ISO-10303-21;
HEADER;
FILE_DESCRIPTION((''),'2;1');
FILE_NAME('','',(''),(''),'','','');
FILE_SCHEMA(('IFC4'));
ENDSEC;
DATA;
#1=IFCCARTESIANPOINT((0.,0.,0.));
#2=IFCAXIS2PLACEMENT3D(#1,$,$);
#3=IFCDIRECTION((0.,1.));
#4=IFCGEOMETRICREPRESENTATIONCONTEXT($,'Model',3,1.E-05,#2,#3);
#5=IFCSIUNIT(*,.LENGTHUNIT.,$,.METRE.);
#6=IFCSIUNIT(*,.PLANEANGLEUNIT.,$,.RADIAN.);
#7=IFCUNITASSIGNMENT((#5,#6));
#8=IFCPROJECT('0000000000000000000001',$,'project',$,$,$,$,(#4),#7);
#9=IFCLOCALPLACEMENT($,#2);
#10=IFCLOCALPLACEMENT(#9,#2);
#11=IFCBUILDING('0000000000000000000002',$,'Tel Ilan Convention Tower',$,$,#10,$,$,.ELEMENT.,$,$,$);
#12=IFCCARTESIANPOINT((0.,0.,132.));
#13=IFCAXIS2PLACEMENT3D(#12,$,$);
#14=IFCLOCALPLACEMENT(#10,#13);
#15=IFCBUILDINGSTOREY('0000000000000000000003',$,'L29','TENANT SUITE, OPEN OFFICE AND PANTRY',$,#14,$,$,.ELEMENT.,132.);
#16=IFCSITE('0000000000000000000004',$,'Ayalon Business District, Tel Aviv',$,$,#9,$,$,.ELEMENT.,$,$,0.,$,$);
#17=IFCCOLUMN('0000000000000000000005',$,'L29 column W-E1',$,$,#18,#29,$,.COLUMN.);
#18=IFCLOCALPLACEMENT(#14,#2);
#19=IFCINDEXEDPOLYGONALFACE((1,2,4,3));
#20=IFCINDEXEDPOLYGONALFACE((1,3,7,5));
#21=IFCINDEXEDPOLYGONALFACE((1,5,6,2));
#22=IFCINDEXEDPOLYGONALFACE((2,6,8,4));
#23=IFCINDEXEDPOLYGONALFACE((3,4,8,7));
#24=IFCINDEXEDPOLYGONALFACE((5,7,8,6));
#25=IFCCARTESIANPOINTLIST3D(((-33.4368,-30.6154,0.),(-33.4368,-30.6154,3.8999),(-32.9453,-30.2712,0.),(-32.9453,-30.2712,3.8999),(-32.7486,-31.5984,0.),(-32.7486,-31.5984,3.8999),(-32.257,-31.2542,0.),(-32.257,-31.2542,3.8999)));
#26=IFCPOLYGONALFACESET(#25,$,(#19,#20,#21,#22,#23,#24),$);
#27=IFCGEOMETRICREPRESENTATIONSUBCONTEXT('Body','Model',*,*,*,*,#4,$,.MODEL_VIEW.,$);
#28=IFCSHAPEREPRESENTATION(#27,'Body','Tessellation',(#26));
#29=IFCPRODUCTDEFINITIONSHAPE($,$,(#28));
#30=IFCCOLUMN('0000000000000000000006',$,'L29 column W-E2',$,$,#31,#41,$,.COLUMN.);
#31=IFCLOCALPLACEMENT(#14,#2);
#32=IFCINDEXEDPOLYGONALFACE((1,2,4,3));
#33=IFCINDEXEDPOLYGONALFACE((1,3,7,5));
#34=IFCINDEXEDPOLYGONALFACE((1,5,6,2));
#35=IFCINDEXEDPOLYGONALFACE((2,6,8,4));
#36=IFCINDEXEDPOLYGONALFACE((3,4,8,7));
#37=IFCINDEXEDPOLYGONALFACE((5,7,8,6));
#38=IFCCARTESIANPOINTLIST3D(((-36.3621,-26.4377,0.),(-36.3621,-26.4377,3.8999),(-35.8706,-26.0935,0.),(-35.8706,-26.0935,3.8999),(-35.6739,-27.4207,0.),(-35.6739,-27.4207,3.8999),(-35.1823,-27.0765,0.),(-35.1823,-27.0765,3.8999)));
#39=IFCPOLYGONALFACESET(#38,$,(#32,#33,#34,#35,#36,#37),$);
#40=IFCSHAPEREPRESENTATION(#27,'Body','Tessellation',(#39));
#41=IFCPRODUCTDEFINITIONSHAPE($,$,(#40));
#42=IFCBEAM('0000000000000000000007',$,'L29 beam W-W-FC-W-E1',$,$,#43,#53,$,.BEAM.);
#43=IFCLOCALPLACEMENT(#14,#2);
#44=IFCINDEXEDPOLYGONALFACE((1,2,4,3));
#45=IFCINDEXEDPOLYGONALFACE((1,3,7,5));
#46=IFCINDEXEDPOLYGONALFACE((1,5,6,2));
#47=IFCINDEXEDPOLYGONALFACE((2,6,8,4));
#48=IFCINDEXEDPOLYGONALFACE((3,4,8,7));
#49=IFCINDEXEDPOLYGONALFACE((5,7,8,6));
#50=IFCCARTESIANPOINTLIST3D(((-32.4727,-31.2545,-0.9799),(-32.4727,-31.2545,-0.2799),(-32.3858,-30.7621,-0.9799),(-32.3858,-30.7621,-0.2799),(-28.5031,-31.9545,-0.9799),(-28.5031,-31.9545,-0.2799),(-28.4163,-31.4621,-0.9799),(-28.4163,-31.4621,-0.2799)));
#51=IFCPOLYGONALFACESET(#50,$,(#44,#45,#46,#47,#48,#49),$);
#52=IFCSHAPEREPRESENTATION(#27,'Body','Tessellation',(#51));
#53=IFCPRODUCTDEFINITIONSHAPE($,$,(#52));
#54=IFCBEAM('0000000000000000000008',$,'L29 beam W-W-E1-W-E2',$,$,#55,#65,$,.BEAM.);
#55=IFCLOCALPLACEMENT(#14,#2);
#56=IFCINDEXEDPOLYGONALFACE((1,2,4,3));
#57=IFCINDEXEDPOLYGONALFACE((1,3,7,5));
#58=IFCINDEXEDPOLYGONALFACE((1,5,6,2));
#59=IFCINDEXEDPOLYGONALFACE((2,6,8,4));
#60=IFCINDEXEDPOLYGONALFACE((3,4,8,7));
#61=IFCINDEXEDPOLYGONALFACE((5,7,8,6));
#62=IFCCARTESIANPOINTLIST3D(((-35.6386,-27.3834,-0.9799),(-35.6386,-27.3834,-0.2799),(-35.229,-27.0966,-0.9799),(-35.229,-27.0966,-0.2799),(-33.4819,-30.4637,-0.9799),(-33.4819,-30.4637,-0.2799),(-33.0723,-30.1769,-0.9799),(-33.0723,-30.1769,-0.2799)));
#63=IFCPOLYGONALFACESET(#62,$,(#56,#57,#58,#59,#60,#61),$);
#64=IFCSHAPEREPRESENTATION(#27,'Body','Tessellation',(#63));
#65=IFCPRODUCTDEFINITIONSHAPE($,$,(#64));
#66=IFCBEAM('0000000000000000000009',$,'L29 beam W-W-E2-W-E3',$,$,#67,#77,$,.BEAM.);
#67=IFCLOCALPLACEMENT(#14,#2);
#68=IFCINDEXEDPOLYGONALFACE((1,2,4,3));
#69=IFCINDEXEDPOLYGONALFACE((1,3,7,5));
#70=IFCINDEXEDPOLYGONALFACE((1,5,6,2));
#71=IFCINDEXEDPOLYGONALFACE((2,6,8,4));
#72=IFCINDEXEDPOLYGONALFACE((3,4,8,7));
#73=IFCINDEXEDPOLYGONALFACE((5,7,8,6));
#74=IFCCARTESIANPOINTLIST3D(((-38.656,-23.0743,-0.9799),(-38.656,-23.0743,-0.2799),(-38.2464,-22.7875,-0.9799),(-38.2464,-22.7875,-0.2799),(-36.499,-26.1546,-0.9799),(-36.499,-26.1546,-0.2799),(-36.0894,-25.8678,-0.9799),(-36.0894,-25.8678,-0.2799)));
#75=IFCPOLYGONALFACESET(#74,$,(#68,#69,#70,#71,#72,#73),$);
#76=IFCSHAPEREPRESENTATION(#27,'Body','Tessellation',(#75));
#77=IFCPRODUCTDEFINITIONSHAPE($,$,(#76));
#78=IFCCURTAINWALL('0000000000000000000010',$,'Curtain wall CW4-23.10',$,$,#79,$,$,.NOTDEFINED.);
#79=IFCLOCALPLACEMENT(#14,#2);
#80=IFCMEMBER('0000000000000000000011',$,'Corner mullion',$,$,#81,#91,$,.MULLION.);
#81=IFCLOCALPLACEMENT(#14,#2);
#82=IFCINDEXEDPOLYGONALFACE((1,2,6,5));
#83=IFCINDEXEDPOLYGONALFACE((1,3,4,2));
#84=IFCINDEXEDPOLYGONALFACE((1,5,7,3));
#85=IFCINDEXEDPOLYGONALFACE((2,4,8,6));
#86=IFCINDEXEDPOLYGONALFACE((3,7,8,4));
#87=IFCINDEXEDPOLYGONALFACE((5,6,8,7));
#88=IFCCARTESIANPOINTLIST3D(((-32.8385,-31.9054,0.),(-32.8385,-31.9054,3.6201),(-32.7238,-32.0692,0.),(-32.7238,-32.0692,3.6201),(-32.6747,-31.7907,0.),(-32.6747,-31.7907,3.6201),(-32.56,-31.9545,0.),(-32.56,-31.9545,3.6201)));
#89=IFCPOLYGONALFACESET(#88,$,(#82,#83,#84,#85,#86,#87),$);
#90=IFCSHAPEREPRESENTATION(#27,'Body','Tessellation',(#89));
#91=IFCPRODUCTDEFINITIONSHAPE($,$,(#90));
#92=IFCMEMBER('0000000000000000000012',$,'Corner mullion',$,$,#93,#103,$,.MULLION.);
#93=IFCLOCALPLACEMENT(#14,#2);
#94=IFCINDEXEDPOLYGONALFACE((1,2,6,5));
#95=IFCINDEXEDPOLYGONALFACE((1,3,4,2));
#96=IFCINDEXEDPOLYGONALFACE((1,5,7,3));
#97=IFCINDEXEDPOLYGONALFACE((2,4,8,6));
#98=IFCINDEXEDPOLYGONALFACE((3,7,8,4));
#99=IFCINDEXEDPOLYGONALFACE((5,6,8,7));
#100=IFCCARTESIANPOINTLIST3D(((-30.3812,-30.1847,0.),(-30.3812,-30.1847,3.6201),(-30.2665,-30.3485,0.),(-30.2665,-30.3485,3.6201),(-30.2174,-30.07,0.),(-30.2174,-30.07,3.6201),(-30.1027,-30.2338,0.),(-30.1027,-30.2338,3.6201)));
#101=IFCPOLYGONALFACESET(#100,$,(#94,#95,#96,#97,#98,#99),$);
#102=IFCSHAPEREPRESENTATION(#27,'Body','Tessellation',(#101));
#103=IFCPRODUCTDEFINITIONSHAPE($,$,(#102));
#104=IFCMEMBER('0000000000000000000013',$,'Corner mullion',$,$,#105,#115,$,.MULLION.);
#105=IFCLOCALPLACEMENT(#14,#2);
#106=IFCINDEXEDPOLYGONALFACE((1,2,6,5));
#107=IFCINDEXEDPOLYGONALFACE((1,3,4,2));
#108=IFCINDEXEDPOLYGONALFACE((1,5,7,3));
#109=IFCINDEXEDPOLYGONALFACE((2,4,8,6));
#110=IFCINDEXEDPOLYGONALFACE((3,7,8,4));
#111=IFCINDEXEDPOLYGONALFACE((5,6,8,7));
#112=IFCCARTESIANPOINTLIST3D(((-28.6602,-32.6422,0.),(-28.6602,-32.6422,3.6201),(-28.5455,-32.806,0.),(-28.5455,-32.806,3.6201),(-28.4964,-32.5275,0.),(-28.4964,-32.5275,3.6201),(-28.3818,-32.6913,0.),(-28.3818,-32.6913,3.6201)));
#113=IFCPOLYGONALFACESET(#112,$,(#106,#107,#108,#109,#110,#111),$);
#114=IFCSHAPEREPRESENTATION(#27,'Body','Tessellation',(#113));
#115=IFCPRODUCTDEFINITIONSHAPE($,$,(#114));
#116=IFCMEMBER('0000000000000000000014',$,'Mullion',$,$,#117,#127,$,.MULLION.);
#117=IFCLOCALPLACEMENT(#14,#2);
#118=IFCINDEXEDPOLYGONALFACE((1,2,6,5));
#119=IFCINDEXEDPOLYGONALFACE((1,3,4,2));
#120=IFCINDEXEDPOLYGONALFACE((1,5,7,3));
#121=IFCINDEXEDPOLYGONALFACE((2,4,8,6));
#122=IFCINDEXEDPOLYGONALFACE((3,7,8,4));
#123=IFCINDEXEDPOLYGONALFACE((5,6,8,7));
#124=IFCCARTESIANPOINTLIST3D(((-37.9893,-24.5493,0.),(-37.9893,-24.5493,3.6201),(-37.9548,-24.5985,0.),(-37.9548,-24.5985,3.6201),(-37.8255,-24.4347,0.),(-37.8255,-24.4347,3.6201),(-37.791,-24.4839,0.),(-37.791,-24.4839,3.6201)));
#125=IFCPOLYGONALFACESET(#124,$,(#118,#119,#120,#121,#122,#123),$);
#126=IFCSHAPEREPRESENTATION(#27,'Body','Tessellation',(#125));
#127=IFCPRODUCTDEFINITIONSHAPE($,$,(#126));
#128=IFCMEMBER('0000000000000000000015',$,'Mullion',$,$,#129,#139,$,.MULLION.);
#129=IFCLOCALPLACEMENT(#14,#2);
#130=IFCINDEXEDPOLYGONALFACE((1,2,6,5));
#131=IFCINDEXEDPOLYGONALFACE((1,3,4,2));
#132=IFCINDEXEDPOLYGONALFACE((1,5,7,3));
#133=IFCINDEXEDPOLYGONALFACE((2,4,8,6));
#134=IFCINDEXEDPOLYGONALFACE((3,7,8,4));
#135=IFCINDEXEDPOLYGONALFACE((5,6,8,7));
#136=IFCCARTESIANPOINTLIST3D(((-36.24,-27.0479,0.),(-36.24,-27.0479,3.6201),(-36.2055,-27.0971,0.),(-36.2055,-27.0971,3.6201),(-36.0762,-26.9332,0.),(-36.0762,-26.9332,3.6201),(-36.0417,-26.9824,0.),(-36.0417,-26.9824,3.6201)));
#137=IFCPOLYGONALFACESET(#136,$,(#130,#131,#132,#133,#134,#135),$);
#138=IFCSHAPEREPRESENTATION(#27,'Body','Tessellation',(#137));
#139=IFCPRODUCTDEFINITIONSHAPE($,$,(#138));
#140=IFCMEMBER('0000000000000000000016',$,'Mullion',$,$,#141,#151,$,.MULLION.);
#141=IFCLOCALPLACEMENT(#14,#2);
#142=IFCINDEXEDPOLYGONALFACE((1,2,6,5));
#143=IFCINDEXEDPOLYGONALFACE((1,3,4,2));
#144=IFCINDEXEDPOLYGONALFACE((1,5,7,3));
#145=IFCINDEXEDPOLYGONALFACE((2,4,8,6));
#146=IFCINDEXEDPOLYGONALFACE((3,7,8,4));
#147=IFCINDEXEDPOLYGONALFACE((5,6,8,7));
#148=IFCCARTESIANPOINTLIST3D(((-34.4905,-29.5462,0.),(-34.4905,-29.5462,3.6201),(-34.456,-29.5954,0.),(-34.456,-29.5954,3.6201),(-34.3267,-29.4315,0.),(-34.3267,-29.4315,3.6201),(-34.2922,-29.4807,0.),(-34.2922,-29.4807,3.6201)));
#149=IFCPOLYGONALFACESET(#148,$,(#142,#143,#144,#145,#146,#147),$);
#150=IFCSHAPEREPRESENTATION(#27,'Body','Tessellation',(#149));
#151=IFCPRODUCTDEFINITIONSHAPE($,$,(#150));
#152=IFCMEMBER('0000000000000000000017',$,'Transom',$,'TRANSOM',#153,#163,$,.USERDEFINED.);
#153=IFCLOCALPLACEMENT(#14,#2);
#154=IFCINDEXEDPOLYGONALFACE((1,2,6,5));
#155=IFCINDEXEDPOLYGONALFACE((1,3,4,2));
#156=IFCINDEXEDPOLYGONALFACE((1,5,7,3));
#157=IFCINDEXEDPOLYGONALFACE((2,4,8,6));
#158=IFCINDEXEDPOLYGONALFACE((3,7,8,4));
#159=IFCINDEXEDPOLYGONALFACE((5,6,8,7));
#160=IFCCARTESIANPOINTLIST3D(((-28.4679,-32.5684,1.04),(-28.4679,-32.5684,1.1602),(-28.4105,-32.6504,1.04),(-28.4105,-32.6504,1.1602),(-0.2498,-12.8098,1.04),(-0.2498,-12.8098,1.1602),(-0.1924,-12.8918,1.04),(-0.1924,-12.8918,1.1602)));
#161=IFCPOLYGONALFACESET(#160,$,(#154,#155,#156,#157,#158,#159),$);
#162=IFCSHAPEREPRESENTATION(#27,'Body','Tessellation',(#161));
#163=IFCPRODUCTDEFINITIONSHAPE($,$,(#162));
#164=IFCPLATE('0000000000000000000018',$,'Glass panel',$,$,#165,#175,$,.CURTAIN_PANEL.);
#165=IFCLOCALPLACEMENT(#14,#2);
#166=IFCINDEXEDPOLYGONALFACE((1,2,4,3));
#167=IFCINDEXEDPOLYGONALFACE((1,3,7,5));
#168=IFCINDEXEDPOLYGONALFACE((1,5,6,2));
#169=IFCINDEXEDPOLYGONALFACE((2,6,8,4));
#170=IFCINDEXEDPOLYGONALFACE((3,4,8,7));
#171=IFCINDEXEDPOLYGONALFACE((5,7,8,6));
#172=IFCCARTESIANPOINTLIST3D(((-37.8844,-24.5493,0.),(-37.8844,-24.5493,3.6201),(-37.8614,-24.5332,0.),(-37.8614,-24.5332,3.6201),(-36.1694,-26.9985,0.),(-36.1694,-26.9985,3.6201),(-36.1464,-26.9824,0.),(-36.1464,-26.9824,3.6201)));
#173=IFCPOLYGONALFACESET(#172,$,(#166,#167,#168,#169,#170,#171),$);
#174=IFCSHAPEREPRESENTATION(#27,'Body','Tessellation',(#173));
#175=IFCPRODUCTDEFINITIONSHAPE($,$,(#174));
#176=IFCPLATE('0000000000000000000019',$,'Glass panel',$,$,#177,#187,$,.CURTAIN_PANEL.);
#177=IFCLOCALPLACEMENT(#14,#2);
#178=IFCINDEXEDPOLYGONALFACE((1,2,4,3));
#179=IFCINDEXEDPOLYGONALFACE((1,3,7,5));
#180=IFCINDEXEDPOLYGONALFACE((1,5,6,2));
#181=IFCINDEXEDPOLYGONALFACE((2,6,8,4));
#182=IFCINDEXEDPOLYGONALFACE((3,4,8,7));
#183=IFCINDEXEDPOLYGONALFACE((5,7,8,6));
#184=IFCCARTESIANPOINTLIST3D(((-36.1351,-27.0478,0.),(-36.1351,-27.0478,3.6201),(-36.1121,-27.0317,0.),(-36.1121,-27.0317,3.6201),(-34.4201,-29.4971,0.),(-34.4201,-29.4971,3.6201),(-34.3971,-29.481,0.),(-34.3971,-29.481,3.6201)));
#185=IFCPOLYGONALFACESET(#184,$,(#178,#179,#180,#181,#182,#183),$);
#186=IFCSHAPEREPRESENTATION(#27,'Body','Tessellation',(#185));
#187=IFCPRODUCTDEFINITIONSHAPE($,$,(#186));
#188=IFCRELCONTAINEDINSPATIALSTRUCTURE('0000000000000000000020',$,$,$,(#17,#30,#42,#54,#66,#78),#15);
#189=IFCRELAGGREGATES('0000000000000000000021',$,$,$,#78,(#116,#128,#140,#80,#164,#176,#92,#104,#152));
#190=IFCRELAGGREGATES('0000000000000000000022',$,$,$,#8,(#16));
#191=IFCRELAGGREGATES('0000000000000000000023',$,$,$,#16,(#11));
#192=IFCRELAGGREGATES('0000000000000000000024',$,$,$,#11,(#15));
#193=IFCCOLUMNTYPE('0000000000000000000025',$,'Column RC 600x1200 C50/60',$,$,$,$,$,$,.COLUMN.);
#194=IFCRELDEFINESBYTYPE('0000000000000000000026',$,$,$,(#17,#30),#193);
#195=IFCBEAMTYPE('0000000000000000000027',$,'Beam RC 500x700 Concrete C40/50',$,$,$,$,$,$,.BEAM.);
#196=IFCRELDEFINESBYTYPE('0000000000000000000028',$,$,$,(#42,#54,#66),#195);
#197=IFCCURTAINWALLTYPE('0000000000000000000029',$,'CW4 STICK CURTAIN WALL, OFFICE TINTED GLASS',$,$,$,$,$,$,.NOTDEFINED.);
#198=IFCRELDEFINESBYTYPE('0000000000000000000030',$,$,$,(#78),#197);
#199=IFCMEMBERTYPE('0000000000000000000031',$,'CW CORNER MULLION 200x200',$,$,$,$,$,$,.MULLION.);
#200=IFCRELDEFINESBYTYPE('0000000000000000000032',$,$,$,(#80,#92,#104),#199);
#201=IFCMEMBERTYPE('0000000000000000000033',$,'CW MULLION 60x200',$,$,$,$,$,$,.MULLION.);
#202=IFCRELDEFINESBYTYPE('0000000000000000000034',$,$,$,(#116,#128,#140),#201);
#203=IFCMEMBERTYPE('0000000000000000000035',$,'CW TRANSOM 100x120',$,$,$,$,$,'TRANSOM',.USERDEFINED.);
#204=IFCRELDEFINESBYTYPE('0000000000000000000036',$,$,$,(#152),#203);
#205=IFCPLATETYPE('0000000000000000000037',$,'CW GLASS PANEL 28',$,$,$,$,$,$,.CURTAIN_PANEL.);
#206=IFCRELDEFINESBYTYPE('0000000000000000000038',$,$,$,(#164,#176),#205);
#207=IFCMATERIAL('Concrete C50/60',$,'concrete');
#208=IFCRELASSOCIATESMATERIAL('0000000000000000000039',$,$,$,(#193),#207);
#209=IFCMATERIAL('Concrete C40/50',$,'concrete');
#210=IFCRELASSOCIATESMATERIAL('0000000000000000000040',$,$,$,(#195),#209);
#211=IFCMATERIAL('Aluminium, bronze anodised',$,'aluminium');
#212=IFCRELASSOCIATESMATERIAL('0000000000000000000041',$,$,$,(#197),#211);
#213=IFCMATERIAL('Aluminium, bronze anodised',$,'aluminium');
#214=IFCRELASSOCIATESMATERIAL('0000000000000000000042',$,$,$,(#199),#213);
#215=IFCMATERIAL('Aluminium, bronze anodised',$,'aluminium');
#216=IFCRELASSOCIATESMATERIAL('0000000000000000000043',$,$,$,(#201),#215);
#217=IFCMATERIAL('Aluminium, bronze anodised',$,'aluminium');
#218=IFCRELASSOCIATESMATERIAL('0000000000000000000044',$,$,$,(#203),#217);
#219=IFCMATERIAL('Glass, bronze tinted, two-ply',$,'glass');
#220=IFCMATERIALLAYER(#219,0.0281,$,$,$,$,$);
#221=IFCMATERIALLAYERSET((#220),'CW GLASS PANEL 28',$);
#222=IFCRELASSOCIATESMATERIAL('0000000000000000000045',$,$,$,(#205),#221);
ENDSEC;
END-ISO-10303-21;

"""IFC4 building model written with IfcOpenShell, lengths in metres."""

from ifc_helpers import new_model, si_unit, direction, frame, origin, origin_2d, place, context, subcontext, project, spatial, rectangle, extrude, material, layer, layer_set, material_profile, profile_set, type_object, element, aggregate, save


model = new_model("IFC4")

# Units and contexts
model_context = context("Model", 3, precision=1e-05, world=origin(), true_north=direction((0.0, 1.0)))
body_context = subcontext(model_context, "Body", "Model", "MODEL_VIEW")
ifc_project = project(units=[si_unit("LENGTHUNIT", "METRE"), si_unit("PLANEANGLEUNIT", "RADIAN")], contexts=[model_context])

# Site, building, storey
site_placement = place(None, origin())
site = spatial("IfcSite", under=ifc_project, at=site_placement, Name="Ayalon Business District, Tel Aviv", CompositionType="ELEMENT", RefElevation=0.0)
building_placement = place(site_placement, origin())
building = spatial("IfcBuilding", under=site, at=building_placement, Name="Tel Ilan Convention Tower", CompositionType="ELEMENT")
storey_placement = place(building_placement, frame((0.0, 0.0, 132.0)))
storey = spatial("IfcBuildingStorey", under=building, at=storey_placement, Name="L29", Description="TENANT SUITE, OPEN OFFICE AND PANTRY", CompositionType="ELEMENT", Elevation=132.0)

# Columns
ifc_material_1 = material(Name="Concrete C50/60", Category="concrete")
ifc_material_profile_1 = material_profile(ifc_material_1, rectangle(XDim=1.2, YDim=0.6001, at=origin_2d()), Name="RC 600x1200")
ifc_profile_set_1 = profile_set([ifc_material_profile_1], Name="Concrete C50/60")
column_type = type_object("IfcColumnType", Name="Column RC 600x1200 C50/60", PredefinedType="COLUMN", material=ifc_profile_set_1)
for number, where, z_axis, x_axis, name in (
    (1, (-32.8469, -30.9348, 0.0), (0.0, 0.0, 1.0), (-0.573576, 0.819152, 0.0), "L29 column W-E1"),
    (2, (-35.7722, -26.7571, 0.0), (0.0, 0.0, 1.0), (-0.573576, 0.819152, 0.0), "L29 column W-E2"),
):
    element("IfcColumn", number, at=place(storey_placement, frame(where, z_axis=z_axis, x_axis=x_axis)), inside=storey, type_object=column_type, Name=name, PredefinedType="COLUMN", context=body_context, shape_type="SweptSolid", body=[
        extrude(rectangle(XDim=1.2, YDim=0.6001, at=origin_2d()), origin(), (0.0, 0.0, 1.0), 3.8999),
    ])

# Beams
ifc_material_2 = material(Name="Concrete C40/50", Category="concrete")
ifc_material_profile_2 = material_profile(ifc_material_2, rectangle(XDim=0.5, YDim=0.7, at=origin_2d()), Name="RC 500x700")
ifc_profile_set_2 = profile_set([ifc_material_profile_2], Name="Concrete C40/50")
beam_type = type_object("IfcBeamType", Name="Beam RC 500x700 Concrete C40/50", PredefinedType="BEAM", material=ifc_profile_set_2)
beam_1_placement = place(storey_placement, frame((-28.4597, -31.7083, -0.6299), z_axis=(-0.984807, 0.173654, 0.0), x_axis=(-0.173654, -0.984807, 0.0)))
element("IfcBeam", 3, at=beam_1_placement, inside=storey, type_object=beam_type, Name="L29 beam W-W-FC-W-E1", PredefinedType="BEAM", context=body_context, shape_type="SweptSolid", body=[
    extrude(rectangle(XDim=0.5, YDim=0.7, at=origin_2d()), origin(), (0.0, 0.0, 1.0), 4.0308),
])
beam_2_placement = place(storey_placement, frame((-33.2771, -30.3203, -0.6299), z_axis=(-0.573554, 0.819168, 0.0), x_axis=(-0.819168, -0.573554, 0.0)))
element("IfcBeam", 4, at=beam_2_placement, inside=storey, type_object=beam_type, Name="L29 beam W-W-E1-W-E2", PredefinedType="BEAM", context=body_context, shape_type="SweptSolid", body=[
    extrude(rectangle(XDim=0.5, YDim=0.7, at=origin_2d()), origin(), (0.0, 0.0, 1.0), 3.7603),
])
beam_3_placement = place(storey_placement, frame((-36.2942, -26.0112, -0.6299), z_axis=(-0.573597, 0.819137, 0.0), x_axis=(-0.819137, -0.573597, 0.0)))
element("IfcBeam", 5, at=beam_3_placement, inside=storey, type_object=beam_type, Name="L29 beam W-W-E2-W-E3", PredefinedType="BEAM", context=body_context, shape_type="SweptSolid", body=[
    extrude(rectangle(XDim=0.5, YDim=0.7, at=origin_2d()), origin(), (0.0, 0.0, 1.0), 3.7605),
])

# Curtain wall, members, plates
ifc_material_3 = material(Name="Aluminium, bronze anodised", Category="aluminium")
curtain_wall_type = type_object("IfcCurtainWallType", Name="CW4 STICK CURTAIN WALL, OFFICE TINTED GLASS", PredefinedType="NOTDEFINED", material=ifc_material_3)
curtain_wall_placement = place(storey_placement, origin())
curtain_wall = element("IfcCurtainWall", 6, at=curtain_wall_placement, inside=storey, type_object=curtain_wall_type, Name="Curtain wall CW4-23.10", PredefinedType="NOTDEFINED")
ifc_material_4 = material(Name="Aluminium, bronze anodised", Category="aluminium")
ifc_material_profile_3 = material_profile(ifc_material_4, rectangle(XDim=0.2, YDim=0.2, at=origin_2d()), Name="CW CORNER MULLION 200x200")
ifc_profile_set_3 = profile_set([ifc_material_profile_3], Name="Aluminium, bronze anodised")
member_type_1 = type_object("IfcMemberType", Name="CW CORNER MULLION 200x200", PredefinedType="MULLION", material=ifc_profile_set_3)
member_1_placement = place(storey_placement, frame((-32.6992, -31.9299, 0.0), z_axis=(0.0, 0.0, 1.0), x_axis=(0.573576, -0.819152, 0.0)))
member_1 = element("IfcMember", 7, at=member_1_placement, type_object=member_type_1, Name="Corner mullion", PredefinedType="MULLION", context=body_context, shape_type="SweptSolid", body=[
    extrude(rectangle(XDim=0.2, YDim=0.2, at=origin_2d()), origin(), (0.0, 0.0, 1.0), 3.6201),
])
member_2_placement = place(storey_placement, frame((-30.2419, -30.2092, 0.0), z_axis=(0.0, 0.0, 1.0), x_axis=(0.819152, 0.573576, 0.0)))
member_2 = element("IfcMember", 8, at=member_2_placement, type_object=member_type_1, Name="Corner mullion", PredefinedType="MULLION", context=body_context, shape_type="SweptSolid", body=[
    extrude(rectangle(XDim=0.2, YDim=0.2, at=origin_2d()), origin(), (0.0, 0.0, 1.0), 3.6201),
])
member_3_placement = place(storey_placement, frame((-28.521, -32.6667, 0.0), z_axis=(0.0, 0.0, 1.0), x_axis=(0.573576, -0.819152, 0.0)))
member_3 = element("IfcMember", 9, at=member_3_placement, type_object=member_type_1, Name="Corner mullion", PredefinedType="MULLION", context=body_context, shape_type="SweptSolid", body=[
    extrude(rectangle(XDim=0.2, YDim=0.2, at=origin_2d()), origin(), (0.0, 0.0, 1.0), 3.6201),
])
ifc_material_5 = material(Name="Aluminium, bronze anodised", Category="aluminium")
ifc_material_profile_4 = material_profile(ifc_material_5, rectangle(XDim=0.0601, YDim=0.2, at=origin_2d()), Name="CW MULLION 60x200")
ifc_profile_set_4 = profile_set([ifc_material_profile_4], Name="Aluminium, bronze anodised")
member_type_2 = type_object("IfcMemberType", Name="CW MULLION 60x200", PredefinedType="MULLION", material=ifc_profile_set_4)
member_4_placement = place(storey_placement, frame((-37.8901, -24.5166, 0.0), z_axis=(0.0, 0.0, 1.0), x_axis=(0.573576, -0.819152, 0.0)))
member_4 = element("IfcMember", 10, at=member_4_placement, type_object=member_type_2, Name="Mullion", PredefinedType="MULLION", context=body_context, shape_type="SweptSolid", body=[
    extrude(rectangle(XDim=0.0601, YDim=0.2, at=origin_2d()), origin(), (0.0, 0.0, 1.0), 3.6201),
])
member_5_placement = place(storey_placement, frame((-36.1409, -27.0151, 0.0), z_axis=(0.0, 0.0, 1.0), x_axis=(0.573576, -0.819152, 0.0)))
member_5 = element("IfcMember", 11, at=member_5_placement, type_object=member_type_2, Name="Mullion", PredefinedType="MULLION", context=body_context, shape_type="SweptSolid", body=[
    extrude(rectangle(XDim=0.0601, YDim=0.2, at=origin_2d()), origin(), (0.0, 0.0, 1.0), 3.6201),
])
member_6_placement = place(storey_placement, frame((-34.3914, -29.5134, 0.0), z_axis=(0.0, 0.0, 1.0), x_axis=(0.573576, -0.819152, 0.0)))
member_6 = element("IfcMember", 12, at=member_6_placement, type_object=member_type_2, Name="Mullion", PredefinedType="MULLION", context=body_context, shape_type="SweptSolid", body=[
    extrude(rectangle(XDim=0.0601, YDim=0.2, at=origin_2d()), origin(), (0.0, 0.0, 1.0), 3.6201),
])
ifc_material_6 = material(Name="Aluminium, bronze anodised", Category="aluminium")
ifc_material_profile_5 = material_profile(ifc_material_6, rectangle(XDim=0.1001, YDim=0.1201, at=origin_2d()), Name="CW TRANSOM 100x120")
ifc_profile_set_5 = profile_set([ifc_material_profile_5], Name="Aluminium, bronze anodised")
member_type_3 = type_object("IfcMemberType", Name="CW TRANSOM 100x120", ElementType="TRANSOM", PredefinedType="USERDEFINED", material=ifc_profile_set_5)
member_7_placement = place(storey_placement, frame((-28.4392, -32.6094, 1.1001), z_axis=(0.819151, 0.573578, 0.0), x_axis=(-0.573578, 0.819151, 0.0)))
member_7 = element("IfcMember", 13, at=member_7_placement, type_object=member_type_3, Name="Transom", ObjectType="TRANSOM", PredefinedType="USERDEFINED", context=body_context, shape_type="SweptSolid", body=[
    extrude(rectangle(XDim=0.1001, YDim=0.1201, at=origin_2d()), origin(), (0.0, 0.0, 1.0), 34.448),
])
ifc_material_7 = material(Name="Glass, bronze tinted, two-ply", Category="glass")
ifc_layer_1 = layer(ifc_material_7, 0.0281)
ifc_layer_set_1 = layer_set([ifc_layer_1], Name="CW GLASS PANEL 28")
plate_type = type_object("IfcPlateType", Name="CW GLASS PANEL 28", PredefinedType="CURTAIN_PANEL", material=ifc_layer_set_1)
plate_1_placement = place(storey_placement, frame((-37.0154, -25.7659, 0.0), z_axis=(0.0, 0.0, 1.0), x_axis=(0.573576, -0.819152, 0.0)))
plate_1 = element("IfcPlate", 14, at=plate_1_placement, type_object=plate_type, Name="Glass panel", PredefinedType="CURTAIN_PANEL", context=body_context, shape_type="SweptSolid", body=[
    extrude(rectangle(XDim=2.99, YDim=0.0281, at=origin_2d()), origin(), (0.0, 0.0, 1.0), 3.6201),
])
plate_2_placement = place(storey_placement, frame((-35.2661, -28.2644, 0.0), z_axis=(0.0, 0.0, 1.0), x_axis=(0.573576, -0.819152, 0.0)))
plate_2 = element("IfcPlate", 15, at=plate_2_placement, type_object=plate_type, Name="Glass panel", PredefinedType="CURTAIN_PANEL", context=body_context, shape_type="SweptSolid", body=[
    extrude(rectangle(XDim=2.99, YDim=0.0281, at=origin_2d()), origin(), (0.0, 0.0, 1.0), 3.6201),
])
aggregate(curtain_wall, [member_4, member_5, member_6, member_1, plate_1, plate_2, member_2, member_3, member_7])

save(model, "model.ifc")
